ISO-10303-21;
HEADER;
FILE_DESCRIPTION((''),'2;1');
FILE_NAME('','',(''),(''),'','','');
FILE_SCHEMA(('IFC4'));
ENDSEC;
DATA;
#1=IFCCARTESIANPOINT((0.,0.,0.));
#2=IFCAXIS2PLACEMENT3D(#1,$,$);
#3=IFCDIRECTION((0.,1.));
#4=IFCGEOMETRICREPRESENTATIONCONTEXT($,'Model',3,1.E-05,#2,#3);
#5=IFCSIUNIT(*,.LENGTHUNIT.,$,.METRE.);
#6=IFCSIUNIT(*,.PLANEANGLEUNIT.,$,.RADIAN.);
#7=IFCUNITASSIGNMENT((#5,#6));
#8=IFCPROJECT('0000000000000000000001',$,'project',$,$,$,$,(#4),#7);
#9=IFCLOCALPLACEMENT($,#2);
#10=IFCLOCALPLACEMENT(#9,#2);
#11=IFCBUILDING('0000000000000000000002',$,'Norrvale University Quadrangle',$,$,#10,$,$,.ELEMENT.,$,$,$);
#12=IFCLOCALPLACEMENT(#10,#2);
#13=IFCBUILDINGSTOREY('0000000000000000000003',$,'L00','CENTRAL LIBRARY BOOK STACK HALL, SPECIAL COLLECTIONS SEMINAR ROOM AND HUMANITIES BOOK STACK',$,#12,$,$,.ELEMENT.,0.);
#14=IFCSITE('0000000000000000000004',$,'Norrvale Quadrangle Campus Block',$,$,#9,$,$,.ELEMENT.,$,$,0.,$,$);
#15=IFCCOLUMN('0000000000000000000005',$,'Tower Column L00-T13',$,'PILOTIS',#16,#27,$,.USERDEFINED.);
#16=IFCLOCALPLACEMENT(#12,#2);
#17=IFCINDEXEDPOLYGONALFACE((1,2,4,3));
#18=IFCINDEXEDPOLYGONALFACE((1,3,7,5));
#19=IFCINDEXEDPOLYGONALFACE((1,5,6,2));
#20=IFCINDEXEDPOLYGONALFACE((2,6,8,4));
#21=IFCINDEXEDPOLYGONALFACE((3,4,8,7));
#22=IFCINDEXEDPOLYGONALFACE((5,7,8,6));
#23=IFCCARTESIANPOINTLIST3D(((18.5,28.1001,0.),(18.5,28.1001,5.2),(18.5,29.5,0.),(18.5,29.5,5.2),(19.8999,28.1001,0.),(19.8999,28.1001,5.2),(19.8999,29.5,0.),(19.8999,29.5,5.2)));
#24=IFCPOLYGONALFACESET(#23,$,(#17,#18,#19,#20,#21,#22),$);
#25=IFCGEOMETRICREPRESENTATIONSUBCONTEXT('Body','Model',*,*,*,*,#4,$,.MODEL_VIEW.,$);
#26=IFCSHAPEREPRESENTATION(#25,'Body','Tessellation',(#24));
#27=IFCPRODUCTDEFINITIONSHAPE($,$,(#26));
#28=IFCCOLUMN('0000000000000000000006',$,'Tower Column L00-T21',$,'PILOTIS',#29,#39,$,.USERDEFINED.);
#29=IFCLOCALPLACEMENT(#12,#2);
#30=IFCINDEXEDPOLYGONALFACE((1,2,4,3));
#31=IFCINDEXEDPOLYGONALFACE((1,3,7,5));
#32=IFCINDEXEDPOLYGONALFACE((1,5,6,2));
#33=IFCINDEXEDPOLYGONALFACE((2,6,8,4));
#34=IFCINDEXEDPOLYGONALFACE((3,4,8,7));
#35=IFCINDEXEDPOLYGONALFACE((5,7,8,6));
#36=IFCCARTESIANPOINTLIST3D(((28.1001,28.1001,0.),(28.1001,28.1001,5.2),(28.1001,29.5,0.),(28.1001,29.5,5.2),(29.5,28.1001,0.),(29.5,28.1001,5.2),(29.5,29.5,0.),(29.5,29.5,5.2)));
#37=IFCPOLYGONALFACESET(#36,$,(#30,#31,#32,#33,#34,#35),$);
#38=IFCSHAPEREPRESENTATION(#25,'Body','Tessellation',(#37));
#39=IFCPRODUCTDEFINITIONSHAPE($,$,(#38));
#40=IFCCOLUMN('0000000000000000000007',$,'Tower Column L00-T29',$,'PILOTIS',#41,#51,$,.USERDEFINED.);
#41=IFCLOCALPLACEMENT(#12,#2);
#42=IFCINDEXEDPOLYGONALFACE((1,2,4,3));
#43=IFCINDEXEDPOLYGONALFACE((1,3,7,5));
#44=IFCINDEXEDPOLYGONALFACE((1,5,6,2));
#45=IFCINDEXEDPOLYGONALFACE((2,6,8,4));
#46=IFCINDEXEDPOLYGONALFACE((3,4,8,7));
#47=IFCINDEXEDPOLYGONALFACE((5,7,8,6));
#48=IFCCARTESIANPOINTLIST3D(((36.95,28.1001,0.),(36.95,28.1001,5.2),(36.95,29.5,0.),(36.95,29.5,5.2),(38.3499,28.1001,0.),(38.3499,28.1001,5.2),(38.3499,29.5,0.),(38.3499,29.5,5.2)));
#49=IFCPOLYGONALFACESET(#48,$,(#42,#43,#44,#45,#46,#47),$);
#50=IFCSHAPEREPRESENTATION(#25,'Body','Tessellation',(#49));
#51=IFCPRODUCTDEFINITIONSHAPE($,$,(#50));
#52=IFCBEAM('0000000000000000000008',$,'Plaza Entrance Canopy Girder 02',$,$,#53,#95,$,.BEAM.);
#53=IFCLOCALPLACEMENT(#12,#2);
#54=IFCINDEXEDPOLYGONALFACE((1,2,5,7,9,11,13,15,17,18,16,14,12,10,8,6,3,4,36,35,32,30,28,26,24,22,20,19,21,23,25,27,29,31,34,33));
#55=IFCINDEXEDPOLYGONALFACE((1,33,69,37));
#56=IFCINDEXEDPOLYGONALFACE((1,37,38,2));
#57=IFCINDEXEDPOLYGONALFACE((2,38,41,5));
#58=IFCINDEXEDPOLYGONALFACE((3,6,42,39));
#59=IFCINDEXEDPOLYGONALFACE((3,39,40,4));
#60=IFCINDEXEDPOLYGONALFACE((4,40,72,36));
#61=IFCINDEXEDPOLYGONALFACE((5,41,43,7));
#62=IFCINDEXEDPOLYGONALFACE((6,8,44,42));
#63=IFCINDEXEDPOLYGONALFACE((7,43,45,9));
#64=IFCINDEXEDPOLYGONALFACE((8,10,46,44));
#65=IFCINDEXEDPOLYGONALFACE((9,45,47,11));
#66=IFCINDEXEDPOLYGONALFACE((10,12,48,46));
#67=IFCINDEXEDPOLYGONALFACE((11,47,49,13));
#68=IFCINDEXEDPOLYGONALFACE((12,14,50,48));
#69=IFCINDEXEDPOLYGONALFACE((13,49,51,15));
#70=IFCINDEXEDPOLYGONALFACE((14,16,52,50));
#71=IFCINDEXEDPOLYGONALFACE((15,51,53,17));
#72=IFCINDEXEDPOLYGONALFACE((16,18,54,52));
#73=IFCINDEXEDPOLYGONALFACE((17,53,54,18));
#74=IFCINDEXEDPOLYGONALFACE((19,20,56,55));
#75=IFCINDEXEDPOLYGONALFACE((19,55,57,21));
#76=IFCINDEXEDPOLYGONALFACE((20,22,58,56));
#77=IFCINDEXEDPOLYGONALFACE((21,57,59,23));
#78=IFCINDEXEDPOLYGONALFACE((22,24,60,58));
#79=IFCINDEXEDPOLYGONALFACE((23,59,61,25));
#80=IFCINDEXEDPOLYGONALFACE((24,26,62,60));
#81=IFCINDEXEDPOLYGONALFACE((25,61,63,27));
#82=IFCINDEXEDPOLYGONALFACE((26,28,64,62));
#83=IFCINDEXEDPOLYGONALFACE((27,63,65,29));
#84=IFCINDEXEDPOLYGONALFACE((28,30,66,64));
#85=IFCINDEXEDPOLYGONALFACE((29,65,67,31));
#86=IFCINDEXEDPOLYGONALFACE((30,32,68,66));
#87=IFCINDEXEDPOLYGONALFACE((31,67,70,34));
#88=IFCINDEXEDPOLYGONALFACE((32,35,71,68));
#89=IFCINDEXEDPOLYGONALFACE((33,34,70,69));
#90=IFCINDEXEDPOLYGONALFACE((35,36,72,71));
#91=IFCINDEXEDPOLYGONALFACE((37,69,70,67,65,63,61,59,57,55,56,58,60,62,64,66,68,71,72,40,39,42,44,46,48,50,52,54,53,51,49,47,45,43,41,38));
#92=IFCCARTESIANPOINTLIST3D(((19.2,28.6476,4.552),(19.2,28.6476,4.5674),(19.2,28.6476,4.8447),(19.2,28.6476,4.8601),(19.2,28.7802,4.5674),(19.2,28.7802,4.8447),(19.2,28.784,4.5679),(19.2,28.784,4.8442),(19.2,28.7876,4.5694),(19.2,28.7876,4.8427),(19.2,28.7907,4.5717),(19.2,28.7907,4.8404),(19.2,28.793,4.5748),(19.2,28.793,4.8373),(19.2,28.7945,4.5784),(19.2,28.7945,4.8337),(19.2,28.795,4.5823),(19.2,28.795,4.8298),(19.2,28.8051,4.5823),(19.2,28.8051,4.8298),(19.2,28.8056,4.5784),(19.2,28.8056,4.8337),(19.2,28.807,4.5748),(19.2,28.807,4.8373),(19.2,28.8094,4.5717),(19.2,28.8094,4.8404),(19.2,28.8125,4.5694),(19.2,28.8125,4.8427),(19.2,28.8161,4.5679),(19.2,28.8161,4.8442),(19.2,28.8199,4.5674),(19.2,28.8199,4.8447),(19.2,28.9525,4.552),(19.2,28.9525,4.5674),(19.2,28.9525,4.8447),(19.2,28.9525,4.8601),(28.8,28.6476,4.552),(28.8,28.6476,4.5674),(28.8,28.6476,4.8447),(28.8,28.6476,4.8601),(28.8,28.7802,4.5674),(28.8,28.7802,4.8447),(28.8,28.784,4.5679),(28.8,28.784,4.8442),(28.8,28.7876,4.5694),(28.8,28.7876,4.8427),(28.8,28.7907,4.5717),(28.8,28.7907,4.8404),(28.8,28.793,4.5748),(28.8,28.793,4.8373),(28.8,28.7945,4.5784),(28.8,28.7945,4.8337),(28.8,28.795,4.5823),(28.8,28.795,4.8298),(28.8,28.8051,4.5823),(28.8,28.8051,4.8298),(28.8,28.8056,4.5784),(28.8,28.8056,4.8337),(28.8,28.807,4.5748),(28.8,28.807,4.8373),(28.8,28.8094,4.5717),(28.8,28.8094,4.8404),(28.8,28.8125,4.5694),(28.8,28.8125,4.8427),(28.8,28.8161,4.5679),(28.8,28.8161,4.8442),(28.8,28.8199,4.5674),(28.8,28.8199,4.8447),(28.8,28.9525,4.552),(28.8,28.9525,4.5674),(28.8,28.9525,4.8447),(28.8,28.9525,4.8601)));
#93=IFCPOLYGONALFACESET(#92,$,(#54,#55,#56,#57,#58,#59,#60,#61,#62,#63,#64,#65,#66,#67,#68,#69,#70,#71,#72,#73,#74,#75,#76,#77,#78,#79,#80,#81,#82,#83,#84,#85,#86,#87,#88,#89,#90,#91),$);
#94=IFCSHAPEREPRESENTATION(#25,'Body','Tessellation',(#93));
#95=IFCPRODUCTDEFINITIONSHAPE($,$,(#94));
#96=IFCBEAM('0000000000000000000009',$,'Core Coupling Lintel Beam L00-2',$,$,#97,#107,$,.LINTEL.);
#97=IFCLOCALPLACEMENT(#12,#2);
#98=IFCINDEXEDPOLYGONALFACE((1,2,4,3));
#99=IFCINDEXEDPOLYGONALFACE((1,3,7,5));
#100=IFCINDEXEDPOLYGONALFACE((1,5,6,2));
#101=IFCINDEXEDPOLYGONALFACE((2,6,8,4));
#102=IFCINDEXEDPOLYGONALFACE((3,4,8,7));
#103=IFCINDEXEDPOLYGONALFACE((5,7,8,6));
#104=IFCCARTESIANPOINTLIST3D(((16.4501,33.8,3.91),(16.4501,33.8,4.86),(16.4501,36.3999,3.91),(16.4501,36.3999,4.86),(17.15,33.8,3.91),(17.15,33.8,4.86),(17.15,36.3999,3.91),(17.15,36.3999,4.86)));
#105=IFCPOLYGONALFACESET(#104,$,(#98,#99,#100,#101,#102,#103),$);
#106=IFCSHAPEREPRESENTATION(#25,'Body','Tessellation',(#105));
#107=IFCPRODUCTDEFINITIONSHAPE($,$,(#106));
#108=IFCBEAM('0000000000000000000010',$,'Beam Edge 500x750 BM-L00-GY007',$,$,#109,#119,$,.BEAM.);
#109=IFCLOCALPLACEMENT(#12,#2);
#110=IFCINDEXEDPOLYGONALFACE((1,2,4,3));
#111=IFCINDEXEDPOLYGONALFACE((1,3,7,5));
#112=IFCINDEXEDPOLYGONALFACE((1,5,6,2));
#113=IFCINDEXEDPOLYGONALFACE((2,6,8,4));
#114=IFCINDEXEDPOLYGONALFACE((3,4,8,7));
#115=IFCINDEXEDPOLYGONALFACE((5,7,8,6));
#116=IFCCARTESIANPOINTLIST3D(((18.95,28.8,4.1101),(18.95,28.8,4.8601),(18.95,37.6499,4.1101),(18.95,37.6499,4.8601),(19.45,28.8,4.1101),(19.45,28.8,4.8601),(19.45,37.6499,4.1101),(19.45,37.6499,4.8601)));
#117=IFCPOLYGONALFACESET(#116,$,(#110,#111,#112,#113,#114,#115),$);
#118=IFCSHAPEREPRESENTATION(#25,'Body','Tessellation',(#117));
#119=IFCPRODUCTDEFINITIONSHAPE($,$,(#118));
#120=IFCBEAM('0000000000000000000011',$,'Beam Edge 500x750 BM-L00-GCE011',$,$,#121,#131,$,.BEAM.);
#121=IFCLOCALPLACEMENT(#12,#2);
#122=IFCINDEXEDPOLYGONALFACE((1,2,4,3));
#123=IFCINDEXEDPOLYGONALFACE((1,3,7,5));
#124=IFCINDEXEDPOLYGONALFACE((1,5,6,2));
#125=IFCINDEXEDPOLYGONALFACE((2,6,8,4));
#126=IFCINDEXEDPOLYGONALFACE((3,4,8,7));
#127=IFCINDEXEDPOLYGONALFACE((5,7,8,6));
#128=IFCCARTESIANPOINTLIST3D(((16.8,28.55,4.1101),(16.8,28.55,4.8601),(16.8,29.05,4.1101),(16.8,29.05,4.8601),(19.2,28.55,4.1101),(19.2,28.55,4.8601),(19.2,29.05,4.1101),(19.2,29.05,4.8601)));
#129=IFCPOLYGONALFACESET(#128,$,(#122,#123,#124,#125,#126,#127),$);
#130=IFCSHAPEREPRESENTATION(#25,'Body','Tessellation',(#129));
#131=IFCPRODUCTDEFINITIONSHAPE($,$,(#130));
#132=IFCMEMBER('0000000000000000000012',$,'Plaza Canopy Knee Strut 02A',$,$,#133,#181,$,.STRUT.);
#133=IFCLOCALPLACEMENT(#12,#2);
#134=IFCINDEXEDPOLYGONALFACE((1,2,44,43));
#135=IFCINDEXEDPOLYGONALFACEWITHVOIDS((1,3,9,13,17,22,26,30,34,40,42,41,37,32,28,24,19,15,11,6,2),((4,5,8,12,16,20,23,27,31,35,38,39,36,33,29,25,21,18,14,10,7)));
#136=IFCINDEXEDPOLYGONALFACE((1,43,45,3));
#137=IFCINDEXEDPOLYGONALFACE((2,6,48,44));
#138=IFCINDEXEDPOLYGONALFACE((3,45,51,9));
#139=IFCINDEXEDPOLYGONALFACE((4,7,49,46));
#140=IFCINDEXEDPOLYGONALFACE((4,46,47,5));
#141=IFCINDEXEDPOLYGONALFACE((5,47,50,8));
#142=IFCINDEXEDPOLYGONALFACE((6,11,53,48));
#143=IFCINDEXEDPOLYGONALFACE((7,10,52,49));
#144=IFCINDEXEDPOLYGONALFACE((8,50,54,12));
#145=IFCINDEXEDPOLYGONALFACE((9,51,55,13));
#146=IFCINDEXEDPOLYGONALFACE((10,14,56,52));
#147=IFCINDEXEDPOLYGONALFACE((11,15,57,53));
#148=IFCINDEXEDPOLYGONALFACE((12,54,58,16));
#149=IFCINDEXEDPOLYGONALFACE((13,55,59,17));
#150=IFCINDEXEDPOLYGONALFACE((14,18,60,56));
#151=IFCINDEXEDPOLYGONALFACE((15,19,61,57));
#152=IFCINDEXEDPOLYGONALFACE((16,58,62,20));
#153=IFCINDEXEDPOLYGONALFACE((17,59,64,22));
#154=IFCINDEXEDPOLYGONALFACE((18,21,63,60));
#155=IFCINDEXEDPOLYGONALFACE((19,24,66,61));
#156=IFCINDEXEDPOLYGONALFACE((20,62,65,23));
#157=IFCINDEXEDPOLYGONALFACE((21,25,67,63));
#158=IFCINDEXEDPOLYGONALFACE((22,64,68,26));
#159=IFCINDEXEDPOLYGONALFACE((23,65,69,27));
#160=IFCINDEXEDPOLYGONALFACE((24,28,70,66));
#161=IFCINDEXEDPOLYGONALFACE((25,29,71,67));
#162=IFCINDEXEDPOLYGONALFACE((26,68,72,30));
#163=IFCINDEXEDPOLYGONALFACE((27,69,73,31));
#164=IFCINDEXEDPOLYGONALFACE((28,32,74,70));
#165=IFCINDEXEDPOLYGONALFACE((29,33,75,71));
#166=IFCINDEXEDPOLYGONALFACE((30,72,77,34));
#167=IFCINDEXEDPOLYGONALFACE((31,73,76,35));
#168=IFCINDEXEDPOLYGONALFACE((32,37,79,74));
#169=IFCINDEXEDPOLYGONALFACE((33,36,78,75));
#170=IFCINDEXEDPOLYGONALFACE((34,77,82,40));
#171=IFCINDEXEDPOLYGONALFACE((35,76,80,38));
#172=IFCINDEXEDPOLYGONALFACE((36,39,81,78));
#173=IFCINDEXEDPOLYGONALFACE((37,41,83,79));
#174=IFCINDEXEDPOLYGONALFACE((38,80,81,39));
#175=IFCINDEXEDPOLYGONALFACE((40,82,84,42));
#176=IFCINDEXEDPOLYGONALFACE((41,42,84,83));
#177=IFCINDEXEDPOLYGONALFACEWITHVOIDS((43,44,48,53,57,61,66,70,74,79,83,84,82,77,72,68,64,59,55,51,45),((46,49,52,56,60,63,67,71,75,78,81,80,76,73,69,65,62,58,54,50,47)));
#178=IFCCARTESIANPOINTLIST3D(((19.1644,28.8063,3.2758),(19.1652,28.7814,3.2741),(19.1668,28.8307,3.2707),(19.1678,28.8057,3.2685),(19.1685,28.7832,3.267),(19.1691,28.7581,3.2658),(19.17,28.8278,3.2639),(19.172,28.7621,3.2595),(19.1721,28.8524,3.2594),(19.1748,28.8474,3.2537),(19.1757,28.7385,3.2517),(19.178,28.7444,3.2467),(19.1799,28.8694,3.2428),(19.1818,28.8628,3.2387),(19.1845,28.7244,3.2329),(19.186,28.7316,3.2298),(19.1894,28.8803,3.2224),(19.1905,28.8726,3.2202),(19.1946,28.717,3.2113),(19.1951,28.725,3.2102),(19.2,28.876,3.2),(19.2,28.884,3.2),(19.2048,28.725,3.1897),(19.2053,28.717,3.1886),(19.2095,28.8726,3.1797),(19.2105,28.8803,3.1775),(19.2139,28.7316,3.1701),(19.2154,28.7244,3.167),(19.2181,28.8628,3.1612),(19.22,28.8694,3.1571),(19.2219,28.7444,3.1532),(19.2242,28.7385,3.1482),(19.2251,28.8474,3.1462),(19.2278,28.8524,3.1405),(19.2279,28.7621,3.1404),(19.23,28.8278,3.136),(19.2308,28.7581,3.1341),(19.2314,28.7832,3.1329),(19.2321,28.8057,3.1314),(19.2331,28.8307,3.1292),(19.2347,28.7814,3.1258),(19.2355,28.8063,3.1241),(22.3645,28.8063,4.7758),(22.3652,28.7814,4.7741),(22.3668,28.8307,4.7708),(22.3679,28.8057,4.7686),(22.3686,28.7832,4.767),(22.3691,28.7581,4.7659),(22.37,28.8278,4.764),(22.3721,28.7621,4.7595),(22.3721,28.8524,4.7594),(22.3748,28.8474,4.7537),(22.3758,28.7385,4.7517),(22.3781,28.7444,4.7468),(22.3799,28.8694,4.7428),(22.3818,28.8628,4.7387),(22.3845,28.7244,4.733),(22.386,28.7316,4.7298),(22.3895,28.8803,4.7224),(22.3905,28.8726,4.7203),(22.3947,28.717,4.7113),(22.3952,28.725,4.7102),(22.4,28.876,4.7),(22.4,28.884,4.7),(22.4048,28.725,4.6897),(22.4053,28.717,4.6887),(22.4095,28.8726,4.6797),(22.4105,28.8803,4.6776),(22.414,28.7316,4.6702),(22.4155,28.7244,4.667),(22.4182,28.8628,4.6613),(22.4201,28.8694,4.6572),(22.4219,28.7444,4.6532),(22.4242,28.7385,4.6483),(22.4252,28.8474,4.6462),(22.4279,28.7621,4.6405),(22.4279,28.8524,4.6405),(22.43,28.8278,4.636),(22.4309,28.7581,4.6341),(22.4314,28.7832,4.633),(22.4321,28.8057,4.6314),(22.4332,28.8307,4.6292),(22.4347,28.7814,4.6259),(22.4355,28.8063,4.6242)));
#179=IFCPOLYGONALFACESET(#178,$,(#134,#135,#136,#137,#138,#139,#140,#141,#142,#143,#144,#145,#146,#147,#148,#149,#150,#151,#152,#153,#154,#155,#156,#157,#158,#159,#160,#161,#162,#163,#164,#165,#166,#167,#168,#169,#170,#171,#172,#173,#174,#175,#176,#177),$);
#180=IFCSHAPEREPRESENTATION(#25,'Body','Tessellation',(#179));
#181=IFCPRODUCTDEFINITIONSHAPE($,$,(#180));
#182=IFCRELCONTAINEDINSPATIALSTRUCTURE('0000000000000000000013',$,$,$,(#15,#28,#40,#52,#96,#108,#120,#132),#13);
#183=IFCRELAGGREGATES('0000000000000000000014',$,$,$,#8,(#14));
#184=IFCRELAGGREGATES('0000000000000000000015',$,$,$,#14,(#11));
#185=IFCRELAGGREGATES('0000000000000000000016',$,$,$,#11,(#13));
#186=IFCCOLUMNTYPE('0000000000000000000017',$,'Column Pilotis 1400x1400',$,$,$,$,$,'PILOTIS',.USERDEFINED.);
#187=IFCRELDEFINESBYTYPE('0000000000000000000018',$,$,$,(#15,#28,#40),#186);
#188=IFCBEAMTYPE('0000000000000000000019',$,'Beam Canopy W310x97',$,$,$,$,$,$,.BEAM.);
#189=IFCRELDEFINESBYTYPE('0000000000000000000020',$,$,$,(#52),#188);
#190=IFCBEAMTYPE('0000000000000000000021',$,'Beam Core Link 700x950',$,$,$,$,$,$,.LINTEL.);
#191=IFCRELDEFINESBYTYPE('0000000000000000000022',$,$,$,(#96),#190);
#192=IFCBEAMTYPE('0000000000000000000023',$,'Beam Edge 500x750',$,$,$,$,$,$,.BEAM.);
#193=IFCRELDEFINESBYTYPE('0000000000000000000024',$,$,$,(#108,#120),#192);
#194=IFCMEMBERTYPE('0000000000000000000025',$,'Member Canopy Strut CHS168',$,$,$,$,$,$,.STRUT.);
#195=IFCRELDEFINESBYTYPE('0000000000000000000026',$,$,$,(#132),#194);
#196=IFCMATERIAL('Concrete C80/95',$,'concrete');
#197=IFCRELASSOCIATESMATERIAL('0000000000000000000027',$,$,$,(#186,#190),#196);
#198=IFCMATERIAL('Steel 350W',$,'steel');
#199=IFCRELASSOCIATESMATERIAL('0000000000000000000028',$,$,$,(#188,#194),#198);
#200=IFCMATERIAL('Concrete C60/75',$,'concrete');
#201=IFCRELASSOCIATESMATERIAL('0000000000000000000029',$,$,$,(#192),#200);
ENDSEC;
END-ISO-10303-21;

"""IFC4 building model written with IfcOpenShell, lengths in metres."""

from ifc_helpers import new_model, si_unit, direction, frame, origin, origin_2d, place, context, subcontext, project, spatial, rectangle, hollow_circle, i_section, extrude, material, material_profile, profile_set, type_object, element, save


model = new_model("IFC4")

# Units and contexts
model_context = context("Model", 3, precision=1e-05, world=origin(), true_north=direction((0.0, 1.0)))
body_context = subcontext(model_context, "Body", "Model", "MODEL_VIEW")
ifc_project = project(units=[si_unit("LENGTHUNIT", "METRE"), si_unit("PLANEANGLEUNIT", "RADIAN")], contexts=[model_context])

# Site, building, storey
site_placement = place(None, origin())
site = spatial("IfcSite", under=ifc_project, at=site_placement, Name="Norrvale Quadrangle Campus Block", CompositionType="ELEMENT", RefElevation=0.0)
building_placement = place(site_placement, origin())
building = spatial("IfcBuilding", under=site, at=building_placement, Name="Norrvale University Quadrangle", CompositionType="ELEMENT")
storey_placement = place(building_placement, origin())
storey = spatial("IfcBuildingStorey", under=building, at=storey_placement, Name="L00", Description="CENTRAL LIBRARY BOOK STACK HALL, SPECIAL COLLECTIONS SEMINAR ROOM AND HUMANITIES BOOK STACK", CompositionType="ELEMENT", Elevation=0.0)

# Columns
ifc_material_1 = material(Name="Concrete C80/95", Category="concrete")
ifc_material_profile_1 = material_profile(ifc_material_1, rectangle(XDim=1.3999, YDim=1.3999, at=origin_2d()), Name="Concrete C80/95")
ifc_profile_set_1 = profile_set([ifc_material_profile_1], Name="Concrete C80/95")
column_type = type_object("IfcColumnType", Name="Column Pilotis 1400x1400", ElementType="PILOTIS", PredefinedType="USERDEFINED", material=ifc_profile_set_1)
for number, where, z_axis, x_axis, name in (
    (1, (19.2, 28.8, 0.0), (0.0, 0.0, 1.0), (1.0, 0.0, 0.0), "Tower Column L00-T13"),
    (2, (28.8, 28.8, 0.0), (0.0, 0.0, 1.0), (1.0, 0.0, 0.0), "Tower Column L00-T21"),
    (3, (37.6499, 28.8, 0.0), (0.0, 0.0, 1.0), (1.0, 0.0, 0.0), "Tower Column L00-T29"),
):
    element("IfcColumn", number, at=place(storey_placement, frame(where, z_axis=z_axis, x_axis=x_axis)), inside=storey, type_object=column_type, Name=name, ObjectType="PILOTIS", PredefinedType="USERDEFINED", context=body_context, shape_type="SweptSolid", body=[
        extrude(rectangle(XDim=1.3999, YDim=1.3999, at=origin_2d()), origin(), (0.0, 0.0, 1.0), 5.2),
    ])

# Beams
ifc_material_2 = material(Name="Steel 350W", Category="steel")
ifc_material_profile_2 = material_profile(ifc_material_2, i_section(OverallWidth=0.3049, OverallDepth=0.3081, WebThickness=0.01, FlangeThickness=0.0154, FilletRadius=0.0149, at=origin_2d()), Name="Steel 350W")
ifc_profile_set_2 = profile_set([ifc_material_profile_2], Name="Steel 350W")
beam_type_1 = type_object("IfcBeamType", Name="Beam Canopy W310x97", PredefinedType="BEAM", material=ifc_profile_set_2)
beam_1_placement = place(storey_placement, frame((19.2, 28.8, 4.7061), z_axis=(1.0, 0.0, 0.0), x_axis=(0.0, 1.0, 0.0)))
element("IfcBeam", 4, at=beam_1_placement, inside=storey, type_object=beam_type_1, Name="Plaza Entrance Canopy Girder 02", PredefinedType="BEAM", context=body_context, shape_type="SweptSolid", body=[
    extrude(i_section(OverallWidth=0.3049, OverallDepth=0.3081, WebThickness=0.01, FlangeThickness=0.0154, FilletRadius=0.0149, at=origin_2d()), origin(), (0.0, 0.0, 1.0), 9.6001),
])
ifc_material_profile_3 = material_profile(ifc_material_1, rectangle(XDim=0.7, YDim=0.95, at=origin_2d()), Name="Concrete C80/95")
ifc_profile_set_3 = profile_set([ifc_material_profile_3], Name="Concrete C80/95")
beam_type_2 = type_object("IfcBeamType", Name="Beam Core Link 700x950", PredefinedType="LINTEL", material=ifc_profile_set_3)
beam_2_placement = place(storey_placement, frame((16.8, 33.8, 4.385), z_axis=(0.0, 1.0, 0.0), x_axis=(-1.0, 0.0, 0.0)))
element("IfcBeam", 5, at=beam_2_placement, inside=storey, type_object=beam_type_2, Name="Core Coupling Lintel Beam L00-2", PredefinedType="LINTEL", context=body_context, shape_type="SweptSolid", body=[
    extrude(rectangle(XDim=0.7, YDim=0.95, at=origin_2d()), origin(), (0.0, 0.0, 1.0), 2.5999),
])
ifc_material_3 = material(Name="Concrete C60/75", Category="concrete")
ifc_material_profile_4 = material_profile(ifc_material_3, rectangle(XDim=0.5, YDim=0.75, at=origin_2d()), Name="Concrete C60/75")
ifc_profile_set_4 = profile_set([ifc_material_profile_4], Name="Concrete C60/75")
beam_type_3 = type_object("IfcBeamType", Name="Beam Edge 500x750", PredefinedType="BEAM", material=ifc_profile_set_4)
beam_3_placement = place(storey_placement, frame((19.2, 28.8, 4.4851), z_axis=(0.0, 1.0, 0.0), x_axis=(-1.0, 0.0, 0.0)))
element("IfcBeam", 6, at=beam_3_placement, inside=storey, type_object=beam_type_3, Name="Beam Edge 500x750 BM-L00-GY007", PredefinedType="BEAM", context=body_context, shape_type="SweptSolid", body=[
    extrude(rectangle(XDim=0.5, YDim=0.75, at=origin_2d()), origin(), (0.0, 0.0, 1.0), 8.8499),
])
beam_4_placement = place(storey_placement, frame((16.8, 28.8, 4.4851), z_axis=(1.0, 0.0, 0.0), x_axis=(0.0, 1.0, 0.0)))
element("IfcBeam", 7, at=beam_4_placement, inside=storey, type_object=beam_type_3, Name="Beam Edge 500x750 BM-L00-GCE011", PredefinedType="BEAM", context=body_context, shape_type="SweptSolid", body=[
    extrude(rectangle(XDim=0.5, YDim=0.75, at=origin_2d()), origin(), (0.0, 0.0, 1.0), 2.3999),
])

# Member
ifc_material_profile_5 = material_profile(ifc_material_2, hollow_circle(Radius=0.084, WallThickness=0.0081, at=origin_2d()), Name="Steel 350W")
ifc_profile_set_5 = profile_set([ifc_material_profile_5], Name="Steel 350W")
member_type_1 = type_object("IfcMemberType", Name="Member Canopy Strut CHS168", PredefinedType="STRUT", material=ifc_profile_set_5)
for number, where, z_axis, x_axis, name in (
    (8, (19.2, 28.8, 3.2), (0.905456, 0.0, 0.424439), (0.0, 1.0, 0.0), "Plaza Canopy Knee Strut 02A"),
):
    element("IfcMember", number, at=place(storey_placement, frame(where, z_axis=z_axis, x_axis=x_axis)), inside=storey, type_object=member_type_1, Name=name, PredefinedType="STRUT", context=body_context, shape_type="SweptSolid", body=[
        extrude(hollow_circle(Radius=0.084, WallThickness=0.0081, at=origin_2d()), origin(), (0.0, 0.0, 1.0), 3.5342),
    ])

save(model, "model.ifc")
